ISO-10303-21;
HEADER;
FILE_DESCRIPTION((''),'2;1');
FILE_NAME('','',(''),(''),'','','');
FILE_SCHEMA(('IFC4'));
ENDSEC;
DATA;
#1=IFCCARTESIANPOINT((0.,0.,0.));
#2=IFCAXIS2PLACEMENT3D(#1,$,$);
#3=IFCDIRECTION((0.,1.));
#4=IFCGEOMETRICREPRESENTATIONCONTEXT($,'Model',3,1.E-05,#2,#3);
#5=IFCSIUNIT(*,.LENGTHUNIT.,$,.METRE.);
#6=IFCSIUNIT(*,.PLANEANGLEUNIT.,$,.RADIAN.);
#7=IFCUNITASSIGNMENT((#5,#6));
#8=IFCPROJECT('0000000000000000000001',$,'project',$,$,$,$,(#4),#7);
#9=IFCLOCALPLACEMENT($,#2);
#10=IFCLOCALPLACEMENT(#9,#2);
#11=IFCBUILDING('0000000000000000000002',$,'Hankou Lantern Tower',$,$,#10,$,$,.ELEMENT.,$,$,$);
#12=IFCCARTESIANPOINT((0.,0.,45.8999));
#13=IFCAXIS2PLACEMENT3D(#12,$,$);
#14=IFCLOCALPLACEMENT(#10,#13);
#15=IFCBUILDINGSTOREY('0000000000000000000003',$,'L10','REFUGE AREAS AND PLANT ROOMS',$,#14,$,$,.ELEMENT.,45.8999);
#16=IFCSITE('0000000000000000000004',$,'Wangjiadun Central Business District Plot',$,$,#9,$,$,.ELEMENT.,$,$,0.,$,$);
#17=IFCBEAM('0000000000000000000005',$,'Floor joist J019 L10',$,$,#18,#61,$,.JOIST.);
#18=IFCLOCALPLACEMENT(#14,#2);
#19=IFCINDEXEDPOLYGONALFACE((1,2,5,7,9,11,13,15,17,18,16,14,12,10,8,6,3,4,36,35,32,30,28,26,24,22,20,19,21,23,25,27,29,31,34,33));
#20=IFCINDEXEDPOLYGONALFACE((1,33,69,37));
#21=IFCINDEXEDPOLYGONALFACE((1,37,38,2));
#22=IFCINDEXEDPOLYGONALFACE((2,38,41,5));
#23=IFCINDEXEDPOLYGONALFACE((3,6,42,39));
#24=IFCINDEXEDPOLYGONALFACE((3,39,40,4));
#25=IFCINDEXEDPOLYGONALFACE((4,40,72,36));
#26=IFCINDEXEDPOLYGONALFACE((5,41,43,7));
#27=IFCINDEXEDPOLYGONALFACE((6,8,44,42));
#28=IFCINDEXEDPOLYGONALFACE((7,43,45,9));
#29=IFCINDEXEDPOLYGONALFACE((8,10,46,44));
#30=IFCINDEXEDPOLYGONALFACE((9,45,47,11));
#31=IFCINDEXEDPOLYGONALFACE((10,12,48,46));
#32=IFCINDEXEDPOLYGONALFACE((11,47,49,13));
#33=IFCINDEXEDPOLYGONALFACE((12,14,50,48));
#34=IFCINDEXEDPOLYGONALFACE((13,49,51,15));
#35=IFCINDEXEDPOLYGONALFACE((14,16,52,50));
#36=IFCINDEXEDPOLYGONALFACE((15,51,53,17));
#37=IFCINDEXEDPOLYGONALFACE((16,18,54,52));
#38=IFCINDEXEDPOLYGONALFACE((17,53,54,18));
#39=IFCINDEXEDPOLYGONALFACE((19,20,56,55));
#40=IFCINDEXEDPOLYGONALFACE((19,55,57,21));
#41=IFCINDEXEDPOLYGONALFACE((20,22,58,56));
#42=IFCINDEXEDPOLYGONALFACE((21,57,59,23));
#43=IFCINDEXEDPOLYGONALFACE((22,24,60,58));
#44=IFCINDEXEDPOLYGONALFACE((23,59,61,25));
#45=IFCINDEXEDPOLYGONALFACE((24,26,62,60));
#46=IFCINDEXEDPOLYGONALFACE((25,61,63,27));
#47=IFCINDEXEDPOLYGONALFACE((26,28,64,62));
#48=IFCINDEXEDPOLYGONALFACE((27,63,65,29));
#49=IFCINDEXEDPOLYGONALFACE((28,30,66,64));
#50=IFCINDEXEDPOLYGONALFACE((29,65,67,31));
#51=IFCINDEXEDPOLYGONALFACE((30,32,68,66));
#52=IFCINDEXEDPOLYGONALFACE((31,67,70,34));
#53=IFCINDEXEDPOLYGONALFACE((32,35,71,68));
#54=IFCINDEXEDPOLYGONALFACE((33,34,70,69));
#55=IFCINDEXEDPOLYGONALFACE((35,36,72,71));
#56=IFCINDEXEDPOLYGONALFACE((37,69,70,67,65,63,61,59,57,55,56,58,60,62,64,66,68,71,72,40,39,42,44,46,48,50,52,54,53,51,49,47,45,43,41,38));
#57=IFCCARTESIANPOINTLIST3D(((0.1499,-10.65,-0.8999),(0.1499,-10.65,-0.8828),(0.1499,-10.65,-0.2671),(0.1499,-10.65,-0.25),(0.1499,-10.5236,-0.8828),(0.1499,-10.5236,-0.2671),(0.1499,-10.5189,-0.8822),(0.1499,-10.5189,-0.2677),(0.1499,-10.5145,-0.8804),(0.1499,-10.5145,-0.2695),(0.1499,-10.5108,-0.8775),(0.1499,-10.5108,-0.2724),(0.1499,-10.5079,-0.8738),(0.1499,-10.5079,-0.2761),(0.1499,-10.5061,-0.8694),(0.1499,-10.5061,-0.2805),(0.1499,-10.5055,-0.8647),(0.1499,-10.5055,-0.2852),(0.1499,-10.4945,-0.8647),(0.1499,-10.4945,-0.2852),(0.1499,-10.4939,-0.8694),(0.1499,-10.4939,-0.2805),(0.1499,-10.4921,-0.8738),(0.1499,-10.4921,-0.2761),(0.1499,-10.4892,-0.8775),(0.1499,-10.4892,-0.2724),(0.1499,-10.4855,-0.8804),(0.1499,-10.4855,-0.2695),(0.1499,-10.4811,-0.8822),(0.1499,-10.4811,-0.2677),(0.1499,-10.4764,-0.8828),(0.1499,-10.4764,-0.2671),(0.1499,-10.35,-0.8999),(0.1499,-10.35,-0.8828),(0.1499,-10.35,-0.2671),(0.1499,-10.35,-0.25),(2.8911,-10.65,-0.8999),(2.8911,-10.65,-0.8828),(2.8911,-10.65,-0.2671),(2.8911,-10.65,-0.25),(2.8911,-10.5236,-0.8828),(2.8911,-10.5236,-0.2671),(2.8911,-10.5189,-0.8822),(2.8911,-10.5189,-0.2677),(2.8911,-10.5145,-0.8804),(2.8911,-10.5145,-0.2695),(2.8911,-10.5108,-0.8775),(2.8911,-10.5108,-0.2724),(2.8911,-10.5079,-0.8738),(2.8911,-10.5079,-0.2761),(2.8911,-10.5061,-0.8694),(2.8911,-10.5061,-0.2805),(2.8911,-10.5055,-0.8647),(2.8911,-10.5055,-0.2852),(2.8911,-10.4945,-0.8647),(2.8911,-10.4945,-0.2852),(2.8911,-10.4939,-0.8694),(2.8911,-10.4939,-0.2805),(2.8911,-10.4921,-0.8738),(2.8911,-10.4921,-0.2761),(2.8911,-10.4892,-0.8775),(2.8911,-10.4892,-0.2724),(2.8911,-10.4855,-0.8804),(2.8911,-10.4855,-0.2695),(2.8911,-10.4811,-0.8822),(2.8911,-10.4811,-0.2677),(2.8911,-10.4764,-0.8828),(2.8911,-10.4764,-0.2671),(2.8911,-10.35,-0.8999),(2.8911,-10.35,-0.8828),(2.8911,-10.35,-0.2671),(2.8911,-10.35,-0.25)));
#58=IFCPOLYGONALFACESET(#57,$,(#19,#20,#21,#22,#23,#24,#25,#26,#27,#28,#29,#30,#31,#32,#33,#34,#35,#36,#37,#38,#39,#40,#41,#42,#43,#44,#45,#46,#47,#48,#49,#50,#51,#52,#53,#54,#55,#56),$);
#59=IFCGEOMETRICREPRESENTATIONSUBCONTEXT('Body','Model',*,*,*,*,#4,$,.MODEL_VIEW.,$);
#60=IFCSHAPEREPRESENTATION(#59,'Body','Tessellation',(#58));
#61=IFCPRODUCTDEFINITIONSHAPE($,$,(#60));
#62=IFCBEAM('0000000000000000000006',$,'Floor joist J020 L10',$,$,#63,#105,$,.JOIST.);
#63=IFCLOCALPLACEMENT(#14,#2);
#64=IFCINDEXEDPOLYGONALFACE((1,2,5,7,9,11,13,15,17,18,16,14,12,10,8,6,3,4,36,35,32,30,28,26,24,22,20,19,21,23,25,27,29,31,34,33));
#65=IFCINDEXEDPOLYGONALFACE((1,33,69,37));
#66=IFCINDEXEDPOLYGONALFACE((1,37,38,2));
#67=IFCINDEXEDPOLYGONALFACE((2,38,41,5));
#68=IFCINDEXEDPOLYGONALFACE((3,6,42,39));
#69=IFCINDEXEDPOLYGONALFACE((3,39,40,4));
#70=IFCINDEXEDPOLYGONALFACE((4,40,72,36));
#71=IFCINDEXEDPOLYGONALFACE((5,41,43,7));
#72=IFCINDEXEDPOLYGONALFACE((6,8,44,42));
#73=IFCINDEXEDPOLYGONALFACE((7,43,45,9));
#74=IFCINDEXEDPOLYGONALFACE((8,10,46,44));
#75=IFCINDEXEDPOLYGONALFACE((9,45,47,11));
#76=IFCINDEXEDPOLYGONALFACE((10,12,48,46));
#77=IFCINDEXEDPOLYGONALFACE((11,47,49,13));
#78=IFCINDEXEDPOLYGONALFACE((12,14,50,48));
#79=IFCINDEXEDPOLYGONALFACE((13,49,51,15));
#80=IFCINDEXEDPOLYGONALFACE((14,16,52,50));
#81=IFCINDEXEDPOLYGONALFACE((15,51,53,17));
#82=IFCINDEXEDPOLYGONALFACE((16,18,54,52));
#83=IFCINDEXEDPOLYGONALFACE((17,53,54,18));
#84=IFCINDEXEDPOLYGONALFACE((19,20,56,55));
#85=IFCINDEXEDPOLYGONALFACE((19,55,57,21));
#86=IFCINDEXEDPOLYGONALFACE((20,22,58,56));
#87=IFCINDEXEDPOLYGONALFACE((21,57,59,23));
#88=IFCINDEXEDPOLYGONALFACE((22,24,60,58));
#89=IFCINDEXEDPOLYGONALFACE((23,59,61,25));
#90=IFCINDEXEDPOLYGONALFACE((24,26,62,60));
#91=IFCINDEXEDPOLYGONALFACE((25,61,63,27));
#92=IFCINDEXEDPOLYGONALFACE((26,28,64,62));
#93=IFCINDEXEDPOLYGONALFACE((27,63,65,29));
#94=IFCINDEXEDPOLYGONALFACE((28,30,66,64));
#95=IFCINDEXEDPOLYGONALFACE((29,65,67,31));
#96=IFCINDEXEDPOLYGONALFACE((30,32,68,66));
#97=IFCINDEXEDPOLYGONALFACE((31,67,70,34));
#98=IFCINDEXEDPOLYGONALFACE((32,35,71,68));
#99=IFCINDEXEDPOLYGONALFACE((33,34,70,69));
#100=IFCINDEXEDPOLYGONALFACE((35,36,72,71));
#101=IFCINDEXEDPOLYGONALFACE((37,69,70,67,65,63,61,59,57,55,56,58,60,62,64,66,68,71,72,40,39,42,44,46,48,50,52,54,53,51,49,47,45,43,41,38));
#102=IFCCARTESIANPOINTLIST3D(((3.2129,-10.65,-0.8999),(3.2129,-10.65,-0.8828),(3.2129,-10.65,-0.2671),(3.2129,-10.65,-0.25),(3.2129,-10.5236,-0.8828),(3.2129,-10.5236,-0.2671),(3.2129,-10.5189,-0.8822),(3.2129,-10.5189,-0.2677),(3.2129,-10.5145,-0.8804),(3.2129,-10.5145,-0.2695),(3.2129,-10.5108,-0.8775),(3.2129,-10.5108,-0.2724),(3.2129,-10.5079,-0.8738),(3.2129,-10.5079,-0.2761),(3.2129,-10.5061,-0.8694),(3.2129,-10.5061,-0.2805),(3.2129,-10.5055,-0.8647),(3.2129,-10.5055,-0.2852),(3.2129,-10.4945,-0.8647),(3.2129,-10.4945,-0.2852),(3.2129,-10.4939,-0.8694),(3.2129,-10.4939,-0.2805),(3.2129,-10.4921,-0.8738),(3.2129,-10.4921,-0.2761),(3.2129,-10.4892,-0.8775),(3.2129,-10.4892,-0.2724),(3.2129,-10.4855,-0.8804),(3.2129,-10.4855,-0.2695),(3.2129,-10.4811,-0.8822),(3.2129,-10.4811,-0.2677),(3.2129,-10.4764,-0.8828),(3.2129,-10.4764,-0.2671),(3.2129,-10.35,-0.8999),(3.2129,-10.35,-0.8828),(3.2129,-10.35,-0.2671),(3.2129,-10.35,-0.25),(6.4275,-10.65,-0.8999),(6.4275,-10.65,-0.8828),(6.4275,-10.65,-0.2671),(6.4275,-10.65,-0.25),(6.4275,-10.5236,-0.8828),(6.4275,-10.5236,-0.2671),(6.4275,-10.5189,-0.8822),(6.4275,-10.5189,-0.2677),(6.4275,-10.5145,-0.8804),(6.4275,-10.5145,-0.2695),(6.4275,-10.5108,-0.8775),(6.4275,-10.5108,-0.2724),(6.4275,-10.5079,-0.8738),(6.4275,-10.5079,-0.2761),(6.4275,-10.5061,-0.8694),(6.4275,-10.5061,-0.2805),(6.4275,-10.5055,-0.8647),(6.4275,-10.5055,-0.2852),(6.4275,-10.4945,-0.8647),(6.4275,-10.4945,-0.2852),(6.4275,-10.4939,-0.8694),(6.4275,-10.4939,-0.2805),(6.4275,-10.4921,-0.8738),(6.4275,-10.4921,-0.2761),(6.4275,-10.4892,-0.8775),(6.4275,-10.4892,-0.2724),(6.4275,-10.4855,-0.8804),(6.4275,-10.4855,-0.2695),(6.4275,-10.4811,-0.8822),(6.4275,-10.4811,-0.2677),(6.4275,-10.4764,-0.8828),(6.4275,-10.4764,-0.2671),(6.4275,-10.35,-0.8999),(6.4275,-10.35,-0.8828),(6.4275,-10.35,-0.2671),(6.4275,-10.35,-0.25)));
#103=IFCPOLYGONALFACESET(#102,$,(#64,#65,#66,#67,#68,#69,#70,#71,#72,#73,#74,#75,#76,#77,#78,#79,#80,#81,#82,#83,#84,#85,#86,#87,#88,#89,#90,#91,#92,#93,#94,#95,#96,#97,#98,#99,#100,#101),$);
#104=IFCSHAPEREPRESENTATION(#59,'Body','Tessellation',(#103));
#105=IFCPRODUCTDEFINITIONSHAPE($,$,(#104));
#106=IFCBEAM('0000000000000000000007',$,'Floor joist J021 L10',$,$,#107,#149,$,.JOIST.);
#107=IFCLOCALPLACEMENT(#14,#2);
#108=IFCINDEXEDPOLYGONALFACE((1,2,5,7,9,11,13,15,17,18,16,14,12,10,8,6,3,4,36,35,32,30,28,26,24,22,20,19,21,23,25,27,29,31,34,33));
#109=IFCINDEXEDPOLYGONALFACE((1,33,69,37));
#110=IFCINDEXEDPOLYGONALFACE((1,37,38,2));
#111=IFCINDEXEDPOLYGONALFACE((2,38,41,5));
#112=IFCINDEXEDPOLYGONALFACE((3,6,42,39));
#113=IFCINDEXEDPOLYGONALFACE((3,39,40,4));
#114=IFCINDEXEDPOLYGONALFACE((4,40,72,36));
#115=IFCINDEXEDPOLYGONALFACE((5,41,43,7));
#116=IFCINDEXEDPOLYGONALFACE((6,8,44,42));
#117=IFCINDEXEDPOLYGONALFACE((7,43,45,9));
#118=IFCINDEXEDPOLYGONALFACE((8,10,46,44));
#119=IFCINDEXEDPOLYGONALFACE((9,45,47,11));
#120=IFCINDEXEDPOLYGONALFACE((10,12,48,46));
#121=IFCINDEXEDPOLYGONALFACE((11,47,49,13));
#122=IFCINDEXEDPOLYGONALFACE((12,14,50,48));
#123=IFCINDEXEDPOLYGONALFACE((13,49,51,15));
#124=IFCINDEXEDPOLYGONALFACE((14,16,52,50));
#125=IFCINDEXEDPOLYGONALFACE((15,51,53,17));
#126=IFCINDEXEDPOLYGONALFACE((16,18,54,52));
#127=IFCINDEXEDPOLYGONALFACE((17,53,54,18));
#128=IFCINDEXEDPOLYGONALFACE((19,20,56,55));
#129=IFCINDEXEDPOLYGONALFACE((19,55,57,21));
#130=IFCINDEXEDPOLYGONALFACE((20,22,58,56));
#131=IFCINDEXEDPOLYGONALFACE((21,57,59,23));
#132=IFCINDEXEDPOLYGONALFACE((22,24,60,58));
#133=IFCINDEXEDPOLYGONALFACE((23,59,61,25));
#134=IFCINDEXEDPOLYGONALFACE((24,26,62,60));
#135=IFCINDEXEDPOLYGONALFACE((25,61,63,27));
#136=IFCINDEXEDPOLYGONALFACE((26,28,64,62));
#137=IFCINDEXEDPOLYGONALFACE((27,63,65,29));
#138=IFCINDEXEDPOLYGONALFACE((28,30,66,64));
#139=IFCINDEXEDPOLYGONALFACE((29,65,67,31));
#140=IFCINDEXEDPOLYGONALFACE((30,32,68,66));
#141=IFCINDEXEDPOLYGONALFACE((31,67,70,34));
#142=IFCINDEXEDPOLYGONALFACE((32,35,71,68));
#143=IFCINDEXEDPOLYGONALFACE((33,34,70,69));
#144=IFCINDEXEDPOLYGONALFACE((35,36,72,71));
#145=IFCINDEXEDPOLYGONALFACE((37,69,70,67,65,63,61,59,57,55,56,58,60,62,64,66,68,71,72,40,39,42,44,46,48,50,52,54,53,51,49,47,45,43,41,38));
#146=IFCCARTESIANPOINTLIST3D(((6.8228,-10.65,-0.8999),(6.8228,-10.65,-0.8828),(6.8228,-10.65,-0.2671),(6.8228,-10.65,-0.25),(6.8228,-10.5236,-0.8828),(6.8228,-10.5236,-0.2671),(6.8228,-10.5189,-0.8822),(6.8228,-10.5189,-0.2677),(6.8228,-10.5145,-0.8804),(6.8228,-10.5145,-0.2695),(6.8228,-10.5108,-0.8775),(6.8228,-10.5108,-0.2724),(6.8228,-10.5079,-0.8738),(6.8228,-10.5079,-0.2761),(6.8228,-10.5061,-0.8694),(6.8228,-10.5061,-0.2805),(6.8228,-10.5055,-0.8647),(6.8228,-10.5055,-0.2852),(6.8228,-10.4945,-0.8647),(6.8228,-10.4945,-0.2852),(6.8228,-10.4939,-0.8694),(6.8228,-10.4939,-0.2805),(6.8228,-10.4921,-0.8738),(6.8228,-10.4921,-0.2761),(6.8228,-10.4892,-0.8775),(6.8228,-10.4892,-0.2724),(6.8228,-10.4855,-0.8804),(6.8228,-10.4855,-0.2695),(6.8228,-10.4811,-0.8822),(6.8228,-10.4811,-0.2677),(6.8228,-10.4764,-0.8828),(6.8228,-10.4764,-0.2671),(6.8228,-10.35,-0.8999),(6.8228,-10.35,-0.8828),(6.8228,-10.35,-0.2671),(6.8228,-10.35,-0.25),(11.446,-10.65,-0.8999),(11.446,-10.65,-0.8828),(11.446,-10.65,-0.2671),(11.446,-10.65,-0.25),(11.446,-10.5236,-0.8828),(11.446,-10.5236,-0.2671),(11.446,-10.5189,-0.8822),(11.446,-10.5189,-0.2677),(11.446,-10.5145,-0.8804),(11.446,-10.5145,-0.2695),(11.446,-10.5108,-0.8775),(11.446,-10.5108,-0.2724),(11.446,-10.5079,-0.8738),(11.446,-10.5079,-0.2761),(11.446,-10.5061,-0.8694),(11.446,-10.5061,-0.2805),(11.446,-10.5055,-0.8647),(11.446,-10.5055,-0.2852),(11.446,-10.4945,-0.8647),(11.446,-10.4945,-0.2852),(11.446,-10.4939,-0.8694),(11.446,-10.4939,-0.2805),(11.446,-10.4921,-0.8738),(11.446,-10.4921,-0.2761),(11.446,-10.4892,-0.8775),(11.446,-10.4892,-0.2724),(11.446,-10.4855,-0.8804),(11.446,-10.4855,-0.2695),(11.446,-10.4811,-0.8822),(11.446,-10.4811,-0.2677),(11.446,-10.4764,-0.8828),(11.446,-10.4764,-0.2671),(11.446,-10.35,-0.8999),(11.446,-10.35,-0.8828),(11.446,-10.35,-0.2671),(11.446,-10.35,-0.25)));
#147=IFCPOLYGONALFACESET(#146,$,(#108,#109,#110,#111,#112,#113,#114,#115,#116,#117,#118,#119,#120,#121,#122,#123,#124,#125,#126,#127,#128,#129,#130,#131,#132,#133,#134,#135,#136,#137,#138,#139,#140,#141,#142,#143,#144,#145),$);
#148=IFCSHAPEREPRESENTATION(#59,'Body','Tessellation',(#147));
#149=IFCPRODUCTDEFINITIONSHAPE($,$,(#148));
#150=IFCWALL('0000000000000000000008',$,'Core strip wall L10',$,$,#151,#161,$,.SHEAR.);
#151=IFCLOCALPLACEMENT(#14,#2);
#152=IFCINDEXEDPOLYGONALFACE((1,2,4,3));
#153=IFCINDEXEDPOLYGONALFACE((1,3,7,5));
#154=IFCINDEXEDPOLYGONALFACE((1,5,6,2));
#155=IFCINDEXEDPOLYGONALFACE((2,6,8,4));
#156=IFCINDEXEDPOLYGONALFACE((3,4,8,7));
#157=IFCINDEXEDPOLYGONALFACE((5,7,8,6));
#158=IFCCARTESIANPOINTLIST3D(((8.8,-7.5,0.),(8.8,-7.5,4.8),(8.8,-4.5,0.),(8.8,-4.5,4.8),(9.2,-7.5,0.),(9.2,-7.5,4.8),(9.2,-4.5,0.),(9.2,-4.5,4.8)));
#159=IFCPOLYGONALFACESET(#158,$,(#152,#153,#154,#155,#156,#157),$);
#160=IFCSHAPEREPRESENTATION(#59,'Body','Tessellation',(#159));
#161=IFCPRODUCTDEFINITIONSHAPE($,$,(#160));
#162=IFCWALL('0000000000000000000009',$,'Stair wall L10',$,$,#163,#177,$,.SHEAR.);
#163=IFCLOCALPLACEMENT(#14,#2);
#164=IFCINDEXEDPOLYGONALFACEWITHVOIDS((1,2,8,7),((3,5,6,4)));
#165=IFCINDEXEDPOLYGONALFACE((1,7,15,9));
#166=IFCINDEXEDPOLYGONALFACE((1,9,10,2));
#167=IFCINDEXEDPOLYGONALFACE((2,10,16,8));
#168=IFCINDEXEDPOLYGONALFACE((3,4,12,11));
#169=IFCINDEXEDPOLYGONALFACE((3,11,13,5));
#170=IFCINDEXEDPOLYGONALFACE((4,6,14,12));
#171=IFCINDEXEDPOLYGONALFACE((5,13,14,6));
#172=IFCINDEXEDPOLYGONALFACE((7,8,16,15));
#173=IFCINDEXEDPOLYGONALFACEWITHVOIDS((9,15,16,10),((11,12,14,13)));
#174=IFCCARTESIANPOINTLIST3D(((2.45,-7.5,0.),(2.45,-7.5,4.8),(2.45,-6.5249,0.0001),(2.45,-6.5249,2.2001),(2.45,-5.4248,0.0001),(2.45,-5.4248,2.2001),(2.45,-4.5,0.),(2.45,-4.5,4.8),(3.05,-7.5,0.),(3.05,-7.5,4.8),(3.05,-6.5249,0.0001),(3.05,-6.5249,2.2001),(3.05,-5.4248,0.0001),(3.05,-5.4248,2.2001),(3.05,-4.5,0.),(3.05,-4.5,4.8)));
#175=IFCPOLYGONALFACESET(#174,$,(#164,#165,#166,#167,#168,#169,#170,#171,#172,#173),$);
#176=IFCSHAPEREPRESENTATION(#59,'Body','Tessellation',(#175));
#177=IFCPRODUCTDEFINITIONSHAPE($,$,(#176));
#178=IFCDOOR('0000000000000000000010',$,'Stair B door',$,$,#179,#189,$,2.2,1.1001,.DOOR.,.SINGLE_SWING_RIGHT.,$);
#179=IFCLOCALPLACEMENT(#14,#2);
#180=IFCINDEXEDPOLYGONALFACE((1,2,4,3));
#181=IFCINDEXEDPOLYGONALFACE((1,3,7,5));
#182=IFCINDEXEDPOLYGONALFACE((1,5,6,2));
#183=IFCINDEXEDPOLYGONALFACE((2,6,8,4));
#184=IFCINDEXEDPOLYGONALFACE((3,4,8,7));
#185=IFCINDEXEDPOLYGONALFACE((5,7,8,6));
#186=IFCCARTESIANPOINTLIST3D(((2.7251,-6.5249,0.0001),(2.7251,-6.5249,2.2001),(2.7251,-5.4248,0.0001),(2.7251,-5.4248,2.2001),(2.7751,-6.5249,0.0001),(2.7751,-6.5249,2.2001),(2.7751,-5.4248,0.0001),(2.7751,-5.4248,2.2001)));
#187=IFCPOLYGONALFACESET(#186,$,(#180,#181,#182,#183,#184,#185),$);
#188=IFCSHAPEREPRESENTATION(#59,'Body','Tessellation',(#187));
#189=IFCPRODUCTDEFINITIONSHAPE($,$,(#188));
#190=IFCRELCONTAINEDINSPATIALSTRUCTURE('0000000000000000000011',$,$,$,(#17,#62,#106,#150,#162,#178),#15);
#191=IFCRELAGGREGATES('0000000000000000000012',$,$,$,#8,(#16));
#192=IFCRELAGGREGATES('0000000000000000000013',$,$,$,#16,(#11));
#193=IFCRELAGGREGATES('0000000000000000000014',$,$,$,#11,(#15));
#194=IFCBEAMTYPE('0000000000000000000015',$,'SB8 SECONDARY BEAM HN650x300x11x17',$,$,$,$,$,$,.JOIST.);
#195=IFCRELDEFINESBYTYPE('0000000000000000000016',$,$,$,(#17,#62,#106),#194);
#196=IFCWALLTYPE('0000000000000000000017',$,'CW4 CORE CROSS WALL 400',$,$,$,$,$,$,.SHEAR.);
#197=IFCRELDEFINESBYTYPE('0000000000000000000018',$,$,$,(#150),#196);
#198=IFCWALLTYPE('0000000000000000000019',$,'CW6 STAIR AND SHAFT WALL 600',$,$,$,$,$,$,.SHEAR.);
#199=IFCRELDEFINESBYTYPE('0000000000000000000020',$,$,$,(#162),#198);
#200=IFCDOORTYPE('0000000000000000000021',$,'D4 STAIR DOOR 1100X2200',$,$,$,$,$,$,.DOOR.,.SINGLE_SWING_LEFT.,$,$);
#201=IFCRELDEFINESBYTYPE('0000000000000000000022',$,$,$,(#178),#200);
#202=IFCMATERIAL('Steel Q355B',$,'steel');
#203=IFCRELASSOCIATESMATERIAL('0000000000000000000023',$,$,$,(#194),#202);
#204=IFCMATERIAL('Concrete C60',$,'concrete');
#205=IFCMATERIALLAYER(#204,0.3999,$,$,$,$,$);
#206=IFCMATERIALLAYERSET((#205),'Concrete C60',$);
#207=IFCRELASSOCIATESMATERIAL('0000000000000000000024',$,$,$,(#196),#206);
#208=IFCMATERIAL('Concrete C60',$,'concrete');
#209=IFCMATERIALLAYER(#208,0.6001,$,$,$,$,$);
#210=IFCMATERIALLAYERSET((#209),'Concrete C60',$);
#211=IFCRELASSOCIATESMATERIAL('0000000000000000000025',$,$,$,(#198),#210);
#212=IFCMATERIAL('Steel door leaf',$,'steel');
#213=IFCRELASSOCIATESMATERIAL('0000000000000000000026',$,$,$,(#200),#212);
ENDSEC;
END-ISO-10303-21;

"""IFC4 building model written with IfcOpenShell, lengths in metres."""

from ifc_helpers import new_model, si_unit, direction, frame, frame_2d, origin, origin_2d, place, context, subcontext, project, spatial, rectangle, i_section, extrude, material, layer, layer_set, material_profile, profile_set, type_object, element, fill, save


model = new_model("IFC4")

# Units and contexts
model_context = context("Model", 3, precision=1e-05, world=origin(), true_north=direction((0.0, 1.0)))
body_context = subcontext(model_context, "Body", "Model", "MODEL_VIEW")
ifc_project = project(units=[si_unit("LENGTHUNIT", "METRE"), si_unit("PLANEANGLEUNIT", "RADIAN")], contexts=[model_context])

# Site, building, storey
site_placement = place(None, origin())
site = spatial("IfcSite", under=ifc_project, at=site_placement, Name="Wangjiadun Central Business District Plot", CompositionType="ELEMENT", RefElevation=0.0)
building_placement = place(site_placement, origin())
building = spatial("IfcBuilding", under=site, at=building_placement, Name="Hankou Lantern Tower", CompositionType="ELEMENT")
storey_placement = place(building_placement, frame((0.0, 0.0, 45.8999)))
storey = spatial("IfcBuildingStorey", under=building, at=storey_placement, Name="L10", Description="REFUGE AREAS AND PLANT ROOMS", CompositionType="ELEMENT", Elevation=45.8999)

# Beams
ifc_material_1 = material(Name="Steel Q355B", Category="steel")
ifc_material_profile_1 = material_profile(ifc_material_1, i_section(OverallWidth=0.3, OverallDepth=0.6499, WebThickness=0.011, FlangeThickness=0.0171, FilletRadius=0.0181, at=origin_2d()), Name="HN650x300x11x17")
ifc_profile_set_1 = profile_set([ifc_material_profile_1], Name="Steel Q355B")
beam_type_1 = type_object("IfcBeamType", Name="SB8 SECONDARY BEAM HN650x300x11x17", PredefinedType="JOIST", material=ifc_profile_set_1)
beam_1_placement = place(storey_placement, frame((0.1499, -10.5, -0.575), z_axis=(1.0, 0.0, 0.0), x_axis=(0.0, 1.0, 0.0)))
element("IfcBeam", 1, at=beam_1_placement, inside=storey, type_object=beam_type_1, Name="Floor joist J019 L10", PredefinedType="JOIST", context=body_context, shape_type="SweptSolid", body=[
    extrude(i_section(OverallWidth=0.3, OverallDepth=0.6499, WebThickness=0.011, FlangeThickness=0.0171, FilletRadius=0.0181, at=origin_2d()), origin(), (0.0, 0.0, 1.0), 2.7412),
])
beam_2_placement = place(storey_placement, frame((3.2129, -10.5, -0.575), z_axis=(1.0, 0.0, 0.0), x_axis=(0.0, 1.0, 0.0)))
element("IfcBeam", 2, at=beam_2_placement, inside=storey, type_object=beam_type_1, Name="Floor joist J020 L10", PredefinedType="JOIST", context=body_context, shape_type="SweptSolid", body=[
    extrude(i_section(OverallWidth=0.3, OverallDepth=0.6499, WebThickness=0.011, FlangeThickness=0.0171, FilletRadius=0.0181, at=origin_2d()), origin(), (0.0, 0.0, 1.0), 3.2146),
])
beam_3_placement = place(storey_placement, frame((6.8228, -10.5, -0.575), z_axis=(1.0, 0.0, 0.0), x_axis=(0.0, 1.0, 0.0)))
element("IfcBeam", 3, at=beam_3_placement, inside=storey, type_object=beam_type_1, Name="Floor joist J021 L10", PredefinedType="JOIST", context=body_context, shape_type="SweptSolid", body=[
    extrude(i_section(OverallWidth=0.3, OverallDepth=0.6499, WebThickness=0.011, FlangeThickness=0.0171, FilletRadius=0.0181, at=origin_2d()), origin(), (0.0, 0.0, 1.0), 4.6233),
])

# Wall
ifc_material_2 = material(Name="Concrete C60", Category="concrete")
ifc_layer_1 = layer(ifc_material_2, 0.3999)
ifc_layer_set_1 = layer_set([ifc_layer_1], Name="Concrete C60")
wall_type_1 = type_object("IfcWallType", Name="CW4 CORE CROSS WALL 400", PredefinedType="SHEAR", material=ifc_layer_set_1)
wall_1_placement = place(storey_placement, frame((9.0, -7.5, 0.0), z_axis=(0.0, 0.0, 1.0), x_axis=(0.0, 1.0, 0.0)))
element("IfcWall", 4, at=wall_1_placement, inside=storey, type_object=wall_type_1, Name="Core strip wall L10", PredefinedType="SHEAR", context=body_context, shape_type="SweptSolid", body=[
    extrude(rectangle(XDim=3.0, YDim=0.3999, at=frame_2d((1.5, 0.0))), origin(), (0.0, 0.0, 1.0), 4.8),
])

# Wall, opening, door
ifc_material_3 = material(Name="Concrete C60", Category="concrete")
ifc_layer_2 = layer(ifc_material_3, 0.6001)
ifc_layer_set_2 = layer_set([ifc_layer_2], Name="Concrete C60")
wall_type_2 = type_object("IfcWallType", Name="CW6 STAIR AND SHAFT WALL 600", PredefinedType="SHEAR", material=ifc_layer_set_2)
wall_2_placement = place(storey_placement, frame((2.75, -7.5, 0.0), z_axis=(0.0, 0.0, 1.0), x_axis=(0.0, 1.0, 0.0)))
wall_2 = element("IfcWall", 5, at=wall_2_placement, inside=storey, type_object=wall_type_2, Name="Stair wall L10", PredefinedType="SHEAR", context=body_context, shape_type="SweptSolid", body=[
    extrude(rectangle(XDim=3.0, YDim=0.6001, at=frame_2d((1.5, 0.0))), origin(), (0.0, 0.0, 1.0), 4.8),
])
opening_placement = place(wall_2_placement, frame((0.9751, 0.0, 0.0)))
opening = element("IfcOpeningElement", 6, at=opening_placement, cuts=wall_2, PredefinedType="OPENING", context=body_context, shape_type="SweptSolid", body=[
    extrude(rectangle(XDim=1.1001, YDim=2.2, at=frame_2d((0.55, 1.1001))), frame((0.0, 0.3101, 0.0), z_axis=(0.0, -1.0, 0.0), x_axis=(1.0, 0.0, 0.0)), (0.0, 0.0, 1.0), 0.6201),
])
ifc_material_4 = material(Name="Steel door leaf", Category="steel")
door_type = type_object("IfcDoorType", Name="D4 STAIR DOOR 1100X2200", OperationType="SINGLE_SWING_LEFT", PredefinedType="DOOR", material=ifc_material_4)
door_placement = place(opening_placement, origin())
door = element("IfcDoor", 7, at=door_placement, inside=storey, type_object=door_type, Name="Stair B door", OperationType="SINGLE_SWING_RIGHT", OverallHeight=2.2, OverallWidth=1.1001, PredefinedType="DOOR", context=body_context, shape_type="SweptSolid", body=[
    extrude(rectangle(XDim=1.1001, YDim=2.2, at=frame_2d((0.55, 1.1001))), frame((0.0, 0.0249, 0.0), z_axis=(0.0, -1.0, 0.0), x_axis=(1.0, 0.0, 0.0)), (0.0, 0.0, 1.0), 0.05),
])
fill(opening, door)

save(model, "model.ifc")
